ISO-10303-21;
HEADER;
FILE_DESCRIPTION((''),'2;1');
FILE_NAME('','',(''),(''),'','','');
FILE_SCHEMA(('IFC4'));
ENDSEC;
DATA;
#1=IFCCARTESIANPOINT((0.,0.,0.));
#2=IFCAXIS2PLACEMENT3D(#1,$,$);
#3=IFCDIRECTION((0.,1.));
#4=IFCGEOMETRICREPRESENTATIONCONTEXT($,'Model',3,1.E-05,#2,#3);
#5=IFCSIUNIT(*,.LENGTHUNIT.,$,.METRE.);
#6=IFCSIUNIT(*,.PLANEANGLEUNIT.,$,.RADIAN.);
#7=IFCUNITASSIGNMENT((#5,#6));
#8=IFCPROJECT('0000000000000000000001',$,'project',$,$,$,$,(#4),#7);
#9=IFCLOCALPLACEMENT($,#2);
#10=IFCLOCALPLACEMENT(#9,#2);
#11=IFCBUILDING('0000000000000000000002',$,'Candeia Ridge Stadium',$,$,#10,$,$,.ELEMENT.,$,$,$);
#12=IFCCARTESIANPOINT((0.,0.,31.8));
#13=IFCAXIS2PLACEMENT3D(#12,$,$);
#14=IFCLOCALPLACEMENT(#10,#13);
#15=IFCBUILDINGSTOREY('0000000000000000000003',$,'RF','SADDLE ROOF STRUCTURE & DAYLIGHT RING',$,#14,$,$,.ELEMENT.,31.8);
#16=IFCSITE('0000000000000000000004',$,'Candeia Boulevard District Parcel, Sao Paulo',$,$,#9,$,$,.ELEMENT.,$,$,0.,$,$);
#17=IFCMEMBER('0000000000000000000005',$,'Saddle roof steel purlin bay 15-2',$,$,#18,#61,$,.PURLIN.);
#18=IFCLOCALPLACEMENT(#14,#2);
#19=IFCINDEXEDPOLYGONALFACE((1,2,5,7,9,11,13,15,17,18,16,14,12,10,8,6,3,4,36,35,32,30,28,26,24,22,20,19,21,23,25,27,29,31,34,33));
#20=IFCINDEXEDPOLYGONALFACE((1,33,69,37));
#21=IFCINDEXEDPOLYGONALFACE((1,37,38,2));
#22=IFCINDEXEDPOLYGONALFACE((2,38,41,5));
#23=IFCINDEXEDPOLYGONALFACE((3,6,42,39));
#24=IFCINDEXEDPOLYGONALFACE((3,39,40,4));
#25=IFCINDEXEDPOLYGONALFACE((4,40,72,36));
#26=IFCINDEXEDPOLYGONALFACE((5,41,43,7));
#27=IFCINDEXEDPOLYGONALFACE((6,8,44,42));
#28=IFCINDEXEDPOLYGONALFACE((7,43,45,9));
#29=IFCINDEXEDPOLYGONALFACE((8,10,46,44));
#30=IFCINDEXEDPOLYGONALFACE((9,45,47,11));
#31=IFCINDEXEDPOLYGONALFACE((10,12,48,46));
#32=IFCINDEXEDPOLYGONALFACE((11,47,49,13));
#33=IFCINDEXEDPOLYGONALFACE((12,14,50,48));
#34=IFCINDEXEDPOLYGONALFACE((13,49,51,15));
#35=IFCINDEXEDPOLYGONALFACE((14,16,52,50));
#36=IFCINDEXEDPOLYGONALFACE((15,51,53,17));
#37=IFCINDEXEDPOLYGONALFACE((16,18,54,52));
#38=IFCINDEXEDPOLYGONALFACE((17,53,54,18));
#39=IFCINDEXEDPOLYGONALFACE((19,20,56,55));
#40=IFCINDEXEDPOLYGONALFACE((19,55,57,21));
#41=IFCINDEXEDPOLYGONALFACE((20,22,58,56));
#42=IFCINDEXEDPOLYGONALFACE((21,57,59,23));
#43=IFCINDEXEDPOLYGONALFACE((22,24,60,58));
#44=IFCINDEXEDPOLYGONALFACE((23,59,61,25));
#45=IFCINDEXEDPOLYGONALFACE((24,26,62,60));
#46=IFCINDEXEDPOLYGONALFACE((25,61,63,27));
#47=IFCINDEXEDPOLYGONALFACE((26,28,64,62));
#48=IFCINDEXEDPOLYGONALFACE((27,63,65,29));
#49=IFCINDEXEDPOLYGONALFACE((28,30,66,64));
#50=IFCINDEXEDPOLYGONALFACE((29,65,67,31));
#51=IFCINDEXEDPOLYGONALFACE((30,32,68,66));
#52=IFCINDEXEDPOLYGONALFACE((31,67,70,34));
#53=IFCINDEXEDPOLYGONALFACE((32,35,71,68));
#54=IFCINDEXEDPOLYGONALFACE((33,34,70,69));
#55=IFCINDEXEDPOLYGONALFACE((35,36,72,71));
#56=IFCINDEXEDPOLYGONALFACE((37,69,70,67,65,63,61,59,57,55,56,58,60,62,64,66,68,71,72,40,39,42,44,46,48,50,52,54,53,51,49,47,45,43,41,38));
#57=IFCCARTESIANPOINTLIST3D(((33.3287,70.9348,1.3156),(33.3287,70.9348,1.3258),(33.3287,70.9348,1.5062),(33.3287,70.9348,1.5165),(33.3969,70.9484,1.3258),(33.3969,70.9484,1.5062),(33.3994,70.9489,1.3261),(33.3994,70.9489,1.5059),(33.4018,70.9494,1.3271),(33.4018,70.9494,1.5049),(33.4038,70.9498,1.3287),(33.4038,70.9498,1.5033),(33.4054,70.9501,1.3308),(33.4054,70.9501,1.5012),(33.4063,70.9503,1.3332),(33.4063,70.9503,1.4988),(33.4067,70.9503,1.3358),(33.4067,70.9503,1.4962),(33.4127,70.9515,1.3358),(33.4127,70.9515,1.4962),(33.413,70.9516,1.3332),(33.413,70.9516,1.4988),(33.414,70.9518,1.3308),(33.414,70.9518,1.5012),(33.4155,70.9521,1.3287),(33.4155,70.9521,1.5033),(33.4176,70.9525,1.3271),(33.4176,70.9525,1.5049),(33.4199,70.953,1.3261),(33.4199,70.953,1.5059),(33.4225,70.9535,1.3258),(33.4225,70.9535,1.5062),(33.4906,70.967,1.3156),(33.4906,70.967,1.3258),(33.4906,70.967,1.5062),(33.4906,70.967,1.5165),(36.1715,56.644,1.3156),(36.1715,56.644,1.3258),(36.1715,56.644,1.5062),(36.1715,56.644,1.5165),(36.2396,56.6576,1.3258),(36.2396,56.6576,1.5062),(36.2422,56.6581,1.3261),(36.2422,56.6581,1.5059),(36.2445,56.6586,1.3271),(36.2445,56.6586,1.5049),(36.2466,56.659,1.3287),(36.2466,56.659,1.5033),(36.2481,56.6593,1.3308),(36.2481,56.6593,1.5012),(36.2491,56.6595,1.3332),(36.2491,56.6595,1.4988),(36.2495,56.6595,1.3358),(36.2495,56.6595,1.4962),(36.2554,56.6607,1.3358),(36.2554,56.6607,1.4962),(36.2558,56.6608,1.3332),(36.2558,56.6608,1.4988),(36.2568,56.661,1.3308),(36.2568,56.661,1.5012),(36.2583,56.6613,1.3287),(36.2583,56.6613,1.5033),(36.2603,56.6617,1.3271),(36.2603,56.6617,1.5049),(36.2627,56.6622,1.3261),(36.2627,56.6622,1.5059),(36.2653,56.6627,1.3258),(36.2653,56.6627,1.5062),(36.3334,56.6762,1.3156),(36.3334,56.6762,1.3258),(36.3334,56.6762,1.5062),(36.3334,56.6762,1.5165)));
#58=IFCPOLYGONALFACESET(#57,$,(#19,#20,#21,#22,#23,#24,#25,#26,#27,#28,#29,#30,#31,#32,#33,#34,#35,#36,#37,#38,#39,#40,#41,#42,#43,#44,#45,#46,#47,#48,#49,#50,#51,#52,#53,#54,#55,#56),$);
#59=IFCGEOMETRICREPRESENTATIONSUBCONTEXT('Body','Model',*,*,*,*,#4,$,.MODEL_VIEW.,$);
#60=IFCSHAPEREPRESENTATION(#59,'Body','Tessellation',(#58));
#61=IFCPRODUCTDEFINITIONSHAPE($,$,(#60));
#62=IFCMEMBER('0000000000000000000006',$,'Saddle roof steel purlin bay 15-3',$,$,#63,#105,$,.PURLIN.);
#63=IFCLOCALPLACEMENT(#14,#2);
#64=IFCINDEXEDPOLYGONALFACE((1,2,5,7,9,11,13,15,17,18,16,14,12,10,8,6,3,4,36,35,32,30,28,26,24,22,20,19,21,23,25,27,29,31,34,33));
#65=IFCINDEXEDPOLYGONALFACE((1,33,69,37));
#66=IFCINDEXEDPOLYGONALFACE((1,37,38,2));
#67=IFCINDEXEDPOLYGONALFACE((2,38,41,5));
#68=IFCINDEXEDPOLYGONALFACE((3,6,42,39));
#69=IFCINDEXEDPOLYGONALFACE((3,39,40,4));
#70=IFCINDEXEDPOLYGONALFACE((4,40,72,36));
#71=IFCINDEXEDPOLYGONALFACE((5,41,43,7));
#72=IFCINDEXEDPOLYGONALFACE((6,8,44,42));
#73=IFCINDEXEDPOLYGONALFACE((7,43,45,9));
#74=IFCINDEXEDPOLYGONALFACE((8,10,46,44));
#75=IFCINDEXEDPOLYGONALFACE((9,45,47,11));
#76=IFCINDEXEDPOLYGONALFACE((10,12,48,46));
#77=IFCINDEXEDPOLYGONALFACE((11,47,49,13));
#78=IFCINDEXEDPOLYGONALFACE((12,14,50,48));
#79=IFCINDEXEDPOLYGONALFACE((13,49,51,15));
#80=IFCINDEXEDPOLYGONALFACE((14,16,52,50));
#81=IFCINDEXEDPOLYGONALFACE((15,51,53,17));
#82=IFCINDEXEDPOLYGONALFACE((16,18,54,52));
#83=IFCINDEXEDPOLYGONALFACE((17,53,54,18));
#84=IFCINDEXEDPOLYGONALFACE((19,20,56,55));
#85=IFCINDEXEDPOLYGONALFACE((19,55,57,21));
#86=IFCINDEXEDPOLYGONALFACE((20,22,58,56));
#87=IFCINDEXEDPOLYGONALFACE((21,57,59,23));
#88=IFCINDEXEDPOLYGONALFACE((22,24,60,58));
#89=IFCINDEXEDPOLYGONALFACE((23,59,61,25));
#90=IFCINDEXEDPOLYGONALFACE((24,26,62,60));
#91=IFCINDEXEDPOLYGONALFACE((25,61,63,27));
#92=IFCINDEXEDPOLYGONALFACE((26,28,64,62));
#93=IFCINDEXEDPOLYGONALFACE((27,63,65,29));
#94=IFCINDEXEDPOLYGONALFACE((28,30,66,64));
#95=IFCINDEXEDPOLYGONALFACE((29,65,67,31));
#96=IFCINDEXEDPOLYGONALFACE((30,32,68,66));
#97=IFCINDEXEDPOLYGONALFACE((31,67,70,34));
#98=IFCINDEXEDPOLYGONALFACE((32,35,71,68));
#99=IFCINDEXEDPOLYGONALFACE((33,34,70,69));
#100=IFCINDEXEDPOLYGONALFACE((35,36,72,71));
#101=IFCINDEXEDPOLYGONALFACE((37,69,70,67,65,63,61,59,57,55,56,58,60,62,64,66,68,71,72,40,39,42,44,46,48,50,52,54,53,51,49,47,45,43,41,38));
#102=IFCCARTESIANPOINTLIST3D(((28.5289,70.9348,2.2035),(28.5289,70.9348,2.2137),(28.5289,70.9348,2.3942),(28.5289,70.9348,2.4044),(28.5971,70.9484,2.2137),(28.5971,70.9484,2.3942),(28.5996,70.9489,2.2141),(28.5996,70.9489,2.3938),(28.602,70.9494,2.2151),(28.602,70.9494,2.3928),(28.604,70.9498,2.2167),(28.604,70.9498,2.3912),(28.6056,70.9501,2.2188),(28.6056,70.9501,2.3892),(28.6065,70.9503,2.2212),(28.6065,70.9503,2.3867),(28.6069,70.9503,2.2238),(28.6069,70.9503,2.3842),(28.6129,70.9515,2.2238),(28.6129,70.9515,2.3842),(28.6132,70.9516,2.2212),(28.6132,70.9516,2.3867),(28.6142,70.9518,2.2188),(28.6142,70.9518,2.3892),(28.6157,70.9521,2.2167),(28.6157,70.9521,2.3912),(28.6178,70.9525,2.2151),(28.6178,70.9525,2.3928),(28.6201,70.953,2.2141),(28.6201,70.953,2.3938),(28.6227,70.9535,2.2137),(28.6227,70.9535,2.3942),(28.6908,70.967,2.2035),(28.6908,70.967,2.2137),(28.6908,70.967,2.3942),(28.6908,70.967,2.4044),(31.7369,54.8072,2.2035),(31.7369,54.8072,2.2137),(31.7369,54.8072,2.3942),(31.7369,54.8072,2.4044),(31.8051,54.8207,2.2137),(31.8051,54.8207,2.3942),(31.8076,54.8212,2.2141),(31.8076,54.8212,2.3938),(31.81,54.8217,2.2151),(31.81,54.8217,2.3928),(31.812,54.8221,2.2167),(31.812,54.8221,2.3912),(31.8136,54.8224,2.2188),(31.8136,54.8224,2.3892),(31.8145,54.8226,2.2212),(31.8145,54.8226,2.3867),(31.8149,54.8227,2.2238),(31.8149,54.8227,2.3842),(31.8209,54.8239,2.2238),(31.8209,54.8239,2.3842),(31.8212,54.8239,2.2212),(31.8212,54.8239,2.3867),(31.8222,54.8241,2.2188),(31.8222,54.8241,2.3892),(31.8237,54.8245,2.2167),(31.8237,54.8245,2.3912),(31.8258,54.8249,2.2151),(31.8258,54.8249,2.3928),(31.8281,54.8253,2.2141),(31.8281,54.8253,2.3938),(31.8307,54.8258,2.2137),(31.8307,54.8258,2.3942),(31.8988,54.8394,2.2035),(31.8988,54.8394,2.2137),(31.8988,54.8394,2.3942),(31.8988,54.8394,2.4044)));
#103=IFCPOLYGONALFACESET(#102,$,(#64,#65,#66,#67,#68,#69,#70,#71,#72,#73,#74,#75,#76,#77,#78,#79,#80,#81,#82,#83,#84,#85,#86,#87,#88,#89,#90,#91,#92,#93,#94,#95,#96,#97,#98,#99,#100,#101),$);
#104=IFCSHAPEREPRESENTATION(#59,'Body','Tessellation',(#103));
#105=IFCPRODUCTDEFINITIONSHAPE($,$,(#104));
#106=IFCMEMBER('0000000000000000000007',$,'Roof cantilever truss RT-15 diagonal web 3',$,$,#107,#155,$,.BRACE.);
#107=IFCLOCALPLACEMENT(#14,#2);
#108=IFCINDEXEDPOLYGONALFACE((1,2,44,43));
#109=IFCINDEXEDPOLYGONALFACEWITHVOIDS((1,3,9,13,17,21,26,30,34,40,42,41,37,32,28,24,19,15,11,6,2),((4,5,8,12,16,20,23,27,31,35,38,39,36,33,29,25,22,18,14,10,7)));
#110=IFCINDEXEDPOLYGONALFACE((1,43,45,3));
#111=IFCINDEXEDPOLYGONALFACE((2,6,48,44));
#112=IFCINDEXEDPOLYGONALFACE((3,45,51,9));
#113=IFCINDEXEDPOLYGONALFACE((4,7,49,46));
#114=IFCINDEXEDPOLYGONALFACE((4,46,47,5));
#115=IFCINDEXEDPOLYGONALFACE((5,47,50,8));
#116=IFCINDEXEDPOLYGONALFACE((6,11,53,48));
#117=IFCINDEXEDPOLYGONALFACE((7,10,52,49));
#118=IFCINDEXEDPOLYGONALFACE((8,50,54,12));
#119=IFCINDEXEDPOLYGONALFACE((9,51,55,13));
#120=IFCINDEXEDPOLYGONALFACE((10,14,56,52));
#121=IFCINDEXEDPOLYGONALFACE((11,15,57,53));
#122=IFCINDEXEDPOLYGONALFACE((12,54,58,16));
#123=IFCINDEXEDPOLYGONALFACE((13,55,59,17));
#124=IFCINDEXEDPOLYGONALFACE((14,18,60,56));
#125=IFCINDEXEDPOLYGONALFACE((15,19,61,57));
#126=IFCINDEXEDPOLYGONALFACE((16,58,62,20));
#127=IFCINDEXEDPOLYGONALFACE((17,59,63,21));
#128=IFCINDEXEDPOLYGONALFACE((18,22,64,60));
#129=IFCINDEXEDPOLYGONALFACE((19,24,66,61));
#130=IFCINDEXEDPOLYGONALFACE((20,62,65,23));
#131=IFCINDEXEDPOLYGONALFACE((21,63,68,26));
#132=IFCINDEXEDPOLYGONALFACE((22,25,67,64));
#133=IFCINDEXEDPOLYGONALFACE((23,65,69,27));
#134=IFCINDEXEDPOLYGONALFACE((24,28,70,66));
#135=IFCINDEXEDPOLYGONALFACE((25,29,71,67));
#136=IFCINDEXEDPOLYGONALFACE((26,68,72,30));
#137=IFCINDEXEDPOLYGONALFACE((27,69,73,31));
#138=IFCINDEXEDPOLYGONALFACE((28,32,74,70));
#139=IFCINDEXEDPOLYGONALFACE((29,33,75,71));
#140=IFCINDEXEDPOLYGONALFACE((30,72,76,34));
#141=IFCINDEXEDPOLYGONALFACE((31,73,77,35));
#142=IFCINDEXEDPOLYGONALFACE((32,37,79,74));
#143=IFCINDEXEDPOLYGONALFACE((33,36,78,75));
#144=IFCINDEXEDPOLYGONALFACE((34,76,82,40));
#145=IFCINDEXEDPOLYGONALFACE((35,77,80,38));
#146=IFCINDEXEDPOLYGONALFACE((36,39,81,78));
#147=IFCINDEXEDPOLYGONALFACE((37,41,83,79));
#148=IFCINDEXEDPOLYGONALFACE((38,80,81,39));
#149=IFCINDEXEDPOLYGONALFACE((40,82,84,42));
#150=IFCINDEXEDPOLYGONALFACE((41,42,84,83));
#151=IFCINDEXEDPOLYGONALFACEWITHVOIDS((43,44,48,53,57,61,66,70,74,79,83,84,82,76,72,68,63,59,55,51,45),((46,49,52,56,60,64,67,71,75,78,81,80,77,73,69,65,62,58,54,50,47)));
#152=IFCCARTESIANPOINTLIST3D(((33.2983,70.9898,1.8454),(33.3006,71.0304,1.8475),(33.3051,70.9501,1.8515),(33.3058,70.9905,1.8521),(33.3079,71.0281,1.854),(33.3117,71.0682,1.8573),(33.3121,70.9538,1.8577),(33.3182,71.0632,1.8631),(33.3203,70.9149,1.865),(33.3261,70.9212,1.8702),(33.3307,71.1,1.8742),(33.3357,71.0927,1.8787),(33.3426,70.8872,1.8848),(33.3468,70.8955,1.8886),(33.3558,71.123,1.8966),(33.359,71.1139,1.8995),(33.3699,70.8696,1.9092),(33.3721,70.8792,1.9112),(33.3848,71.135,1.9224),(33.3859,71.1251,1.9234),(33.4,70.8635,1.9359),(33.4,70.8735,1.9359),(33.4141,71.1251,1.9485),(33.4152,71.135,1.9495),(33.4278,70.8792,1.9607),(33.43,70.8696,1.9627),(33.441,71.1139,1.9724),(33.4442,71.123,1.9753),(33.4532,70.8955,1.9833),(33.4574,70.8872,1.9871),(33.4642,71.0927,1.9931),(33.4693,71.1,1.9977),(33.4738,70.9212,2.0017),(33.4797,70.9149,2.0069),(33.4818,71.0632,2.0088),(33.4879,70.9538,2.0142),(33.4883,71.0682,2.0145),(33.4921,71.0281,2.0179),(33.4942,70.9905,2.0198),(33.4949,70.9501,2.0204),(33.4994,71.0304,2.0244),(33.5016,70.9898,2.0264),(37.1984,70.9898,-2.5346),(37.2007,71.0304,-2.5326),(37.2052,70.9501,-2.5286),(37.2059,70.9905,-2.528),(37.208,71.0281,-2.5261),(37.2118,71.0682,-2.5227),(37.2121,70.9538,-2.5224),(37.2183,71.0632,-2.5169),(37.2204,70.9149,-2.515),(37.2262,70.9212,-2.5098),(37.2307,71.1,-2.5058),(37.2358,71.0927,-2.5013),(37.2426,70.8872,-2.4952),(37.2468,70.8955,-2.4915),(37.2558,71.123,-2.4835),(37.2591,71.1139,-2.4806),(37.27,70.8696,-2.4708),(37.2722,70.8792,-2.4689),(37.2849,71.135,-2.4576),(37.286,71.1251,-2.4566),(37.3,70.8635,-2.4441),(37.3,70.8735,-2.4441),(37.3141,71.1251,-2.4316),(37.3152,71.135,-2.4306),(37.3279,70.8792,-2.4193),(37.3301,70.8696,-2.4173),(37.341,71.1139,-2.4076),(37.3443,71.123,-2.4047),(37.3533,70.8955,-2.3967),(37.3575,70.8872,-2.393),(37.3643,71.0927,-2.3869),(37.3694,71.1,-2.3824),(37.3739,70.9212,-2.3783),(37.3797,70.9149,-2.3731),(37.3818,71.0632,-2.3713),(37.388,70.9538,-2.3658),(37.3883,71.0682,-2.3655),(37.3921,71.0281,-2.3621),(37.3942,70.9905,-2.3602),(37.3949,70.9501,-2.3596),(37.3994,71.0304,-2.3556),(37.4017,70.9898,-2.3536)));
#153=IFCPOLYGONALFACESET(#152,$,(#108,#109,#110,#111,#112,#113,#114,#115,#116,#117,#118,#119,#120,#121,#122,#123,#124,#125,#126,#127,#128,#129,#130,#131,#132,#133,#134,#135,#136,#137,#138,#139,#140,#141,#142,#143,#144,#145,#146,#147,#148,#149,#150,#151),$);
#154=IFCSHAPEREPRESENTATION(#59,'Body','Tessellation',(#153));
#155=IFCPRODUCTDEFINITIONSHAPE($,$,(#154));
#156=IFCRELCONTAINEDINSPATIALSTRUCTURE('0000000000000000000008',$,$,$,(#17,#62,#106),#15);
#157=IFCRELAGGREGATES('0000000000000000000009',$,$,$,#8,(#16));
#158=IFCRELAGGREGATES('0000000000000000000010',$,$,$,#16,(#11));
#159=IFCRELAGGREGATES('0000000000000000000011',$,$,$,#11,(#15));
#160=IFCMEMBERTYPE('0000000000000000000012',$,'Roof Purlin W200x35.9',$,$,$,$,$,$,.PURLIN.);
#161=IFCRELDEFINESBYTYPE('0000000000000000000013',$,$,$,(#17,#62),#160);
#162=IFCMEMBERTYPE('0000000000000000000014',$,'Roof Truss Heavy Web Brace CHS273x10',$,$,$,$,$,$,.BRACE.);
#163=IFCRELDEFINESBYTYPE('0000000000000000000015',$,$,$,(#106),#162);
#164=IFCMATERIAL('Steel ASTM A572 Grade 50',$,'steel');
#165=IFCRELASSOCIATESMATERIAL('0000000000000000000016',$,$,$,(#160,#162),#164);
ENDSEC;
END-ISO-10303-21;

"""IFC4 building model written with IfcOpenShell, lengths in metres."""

from ifc_helpers import new_model, si_unit, direction, frame, origin, origin_2d, place, context, subcontext, project, spatial, hollow_circle, i_section, extrude, material, material_profile, profile_set, type_object, element, save


model = new_model("IFC4")

# Units and contexts
model_context = context("Model", 3, precision=1e-05, world=origin(), true_north=direction((0.0, 1.0)))
body_context = subcontext(model_context, "Body", "Model", "MODEL_VIEW")
ifc_project = project(units=[si_unit("LENGTHUNIT", "METRE"), si_unit("PLANEANGLEUNIT", "RADIAN")], contexts=[model_context])

# Site, building, storey
site_placement = place(None, origin())
site = spatial("IfcSite", under=ifc_project, at=site_placement, Name="Candeia Boulevard District Parcel, Sao Paulo", CompositionType="ELEMENT", RefElevation=0.0)
building_placement = place(site_placement, origin())
building = spatial("IfcBuilding", under=site, at=building_placement, Name="Candeia Ridge Stadium", CompositionType="ELEMENT")
storey_placement = place(building_placement, frame((0.0, 0.0, 31.8)))
storey = spatial("IfcBuildingStorey", under=building, at=storey_placement, Name="RF", Description="SADDLE ROOF STRUCTURE & DAYLIGHT RING", CompositionType="ELEMENT", Elevation=31.8)

# Shared definitions
ifc_material_1 = material(Name="Steel ASTM A572 Grade 50", Category="steel")

# Members
ifc_material_profile_1 = material_profile(ifc_material_1, i_section(OverallWidth=0.165, OverallDepth=0.2009, WebThickness=0.0061, FlangeThickness=0.0103, FilletRadius=0.01, at=origin_2d()), Name="W200x35.9", Category="steel")
ifc_profile_set_1 = profile_set([ifc_material_profile_1], Name="Steel ASTM A572 Grade 50")
member_type_1 = type_object("IfcMemberType", Name="Roof Purlin W200x35.9", PredefinedType="PURLIN", material=ifc_profile_set_1)
member_1_placement = place(storey_placement, frame((33.4097, 70.9509, 1.416), z_axis=(0.195101, -0.980783, 0.0), x_axis=(0.980783, 0.195101, 0.0)))
element("IfcMember", 1, at=member_1_placement, inside=storey, type_object=member_type_1, Name="Saddle roof steel purlin bay 15-2", PredefinedType="PURLIN", context=body_context, shape_type="SweptSolid", body=[
    extrude(i_section(OverallWidth=0.165, OverallDepth=0.2009, WebThickness=0.0061, FlangeThickness=0.0103, FilletRadius=0.01, at=origin_2d()), origin(), (0.0, 0.0, 1.0), 14.5708),
])
member_2_placement = place(storey_placement, frame((28.6099, 70.9509, 2.304), z_axis=(0.195091, -0.980785, 0.0), x_axis=(0.980785, 0.195091, 0.0)))
element("IfcMember", 2, at=member_2_placement, inside=storey, type_object=member_type_1, Name="Saddle roof steel purlin bay 15-3", PredefinedType="PURLIN", context=body_context, shape_type="SweptSolid", body=[
    extrude(i_section(OverallWidth=0.165, OverallDepth=0.2009, WebThickness=0.0061, FlangeThickness=0.0103, FilletRadius=0.01, at=origin_2d()), origin(), (0.0, 0.0, 1.0), 16.4436),
])
ifc_material_profile_2 = material_profile(ifc_material_1, hollow_circle(Radius=0.1365, WallThickness=0.01, at=origin_2d()), Name="CHS273x10", Category="steel")
ifc_profile_set_2 = profile_set([ifc_material_profile_2], Name="Steel ASTM A572 Grade 50")
member_type_2 = type_object("IfcMemberType", Name="Roof Truss Heavy Web Brace CHS273x10", PredefinedType="BRACE", material=ifc_profile_set_2)
member_3_placement = place(storey_placement, frame((37.3, 71.0, -2.4441), z_axis=(-0.665002, 0.0, 0.746842), x_axis=(0.0, -1.0, 0.0)))
element("IfcMember", 3, at=member_3_placement, inside=storey, type_object=member_type_2, Name="Roof cantilever truss RT-15 diagonal web 3", PredefinedType="BRACE", context=body_context, shape_type="SweptSolid", body=[
    extrude(hollow_circle(Radius=0.1365, WallThickness=0.01, at=origin_2d()), origin(), (0.0, 0.0, 1.0), 5.8647),
])

save(model, "model.ifc")
